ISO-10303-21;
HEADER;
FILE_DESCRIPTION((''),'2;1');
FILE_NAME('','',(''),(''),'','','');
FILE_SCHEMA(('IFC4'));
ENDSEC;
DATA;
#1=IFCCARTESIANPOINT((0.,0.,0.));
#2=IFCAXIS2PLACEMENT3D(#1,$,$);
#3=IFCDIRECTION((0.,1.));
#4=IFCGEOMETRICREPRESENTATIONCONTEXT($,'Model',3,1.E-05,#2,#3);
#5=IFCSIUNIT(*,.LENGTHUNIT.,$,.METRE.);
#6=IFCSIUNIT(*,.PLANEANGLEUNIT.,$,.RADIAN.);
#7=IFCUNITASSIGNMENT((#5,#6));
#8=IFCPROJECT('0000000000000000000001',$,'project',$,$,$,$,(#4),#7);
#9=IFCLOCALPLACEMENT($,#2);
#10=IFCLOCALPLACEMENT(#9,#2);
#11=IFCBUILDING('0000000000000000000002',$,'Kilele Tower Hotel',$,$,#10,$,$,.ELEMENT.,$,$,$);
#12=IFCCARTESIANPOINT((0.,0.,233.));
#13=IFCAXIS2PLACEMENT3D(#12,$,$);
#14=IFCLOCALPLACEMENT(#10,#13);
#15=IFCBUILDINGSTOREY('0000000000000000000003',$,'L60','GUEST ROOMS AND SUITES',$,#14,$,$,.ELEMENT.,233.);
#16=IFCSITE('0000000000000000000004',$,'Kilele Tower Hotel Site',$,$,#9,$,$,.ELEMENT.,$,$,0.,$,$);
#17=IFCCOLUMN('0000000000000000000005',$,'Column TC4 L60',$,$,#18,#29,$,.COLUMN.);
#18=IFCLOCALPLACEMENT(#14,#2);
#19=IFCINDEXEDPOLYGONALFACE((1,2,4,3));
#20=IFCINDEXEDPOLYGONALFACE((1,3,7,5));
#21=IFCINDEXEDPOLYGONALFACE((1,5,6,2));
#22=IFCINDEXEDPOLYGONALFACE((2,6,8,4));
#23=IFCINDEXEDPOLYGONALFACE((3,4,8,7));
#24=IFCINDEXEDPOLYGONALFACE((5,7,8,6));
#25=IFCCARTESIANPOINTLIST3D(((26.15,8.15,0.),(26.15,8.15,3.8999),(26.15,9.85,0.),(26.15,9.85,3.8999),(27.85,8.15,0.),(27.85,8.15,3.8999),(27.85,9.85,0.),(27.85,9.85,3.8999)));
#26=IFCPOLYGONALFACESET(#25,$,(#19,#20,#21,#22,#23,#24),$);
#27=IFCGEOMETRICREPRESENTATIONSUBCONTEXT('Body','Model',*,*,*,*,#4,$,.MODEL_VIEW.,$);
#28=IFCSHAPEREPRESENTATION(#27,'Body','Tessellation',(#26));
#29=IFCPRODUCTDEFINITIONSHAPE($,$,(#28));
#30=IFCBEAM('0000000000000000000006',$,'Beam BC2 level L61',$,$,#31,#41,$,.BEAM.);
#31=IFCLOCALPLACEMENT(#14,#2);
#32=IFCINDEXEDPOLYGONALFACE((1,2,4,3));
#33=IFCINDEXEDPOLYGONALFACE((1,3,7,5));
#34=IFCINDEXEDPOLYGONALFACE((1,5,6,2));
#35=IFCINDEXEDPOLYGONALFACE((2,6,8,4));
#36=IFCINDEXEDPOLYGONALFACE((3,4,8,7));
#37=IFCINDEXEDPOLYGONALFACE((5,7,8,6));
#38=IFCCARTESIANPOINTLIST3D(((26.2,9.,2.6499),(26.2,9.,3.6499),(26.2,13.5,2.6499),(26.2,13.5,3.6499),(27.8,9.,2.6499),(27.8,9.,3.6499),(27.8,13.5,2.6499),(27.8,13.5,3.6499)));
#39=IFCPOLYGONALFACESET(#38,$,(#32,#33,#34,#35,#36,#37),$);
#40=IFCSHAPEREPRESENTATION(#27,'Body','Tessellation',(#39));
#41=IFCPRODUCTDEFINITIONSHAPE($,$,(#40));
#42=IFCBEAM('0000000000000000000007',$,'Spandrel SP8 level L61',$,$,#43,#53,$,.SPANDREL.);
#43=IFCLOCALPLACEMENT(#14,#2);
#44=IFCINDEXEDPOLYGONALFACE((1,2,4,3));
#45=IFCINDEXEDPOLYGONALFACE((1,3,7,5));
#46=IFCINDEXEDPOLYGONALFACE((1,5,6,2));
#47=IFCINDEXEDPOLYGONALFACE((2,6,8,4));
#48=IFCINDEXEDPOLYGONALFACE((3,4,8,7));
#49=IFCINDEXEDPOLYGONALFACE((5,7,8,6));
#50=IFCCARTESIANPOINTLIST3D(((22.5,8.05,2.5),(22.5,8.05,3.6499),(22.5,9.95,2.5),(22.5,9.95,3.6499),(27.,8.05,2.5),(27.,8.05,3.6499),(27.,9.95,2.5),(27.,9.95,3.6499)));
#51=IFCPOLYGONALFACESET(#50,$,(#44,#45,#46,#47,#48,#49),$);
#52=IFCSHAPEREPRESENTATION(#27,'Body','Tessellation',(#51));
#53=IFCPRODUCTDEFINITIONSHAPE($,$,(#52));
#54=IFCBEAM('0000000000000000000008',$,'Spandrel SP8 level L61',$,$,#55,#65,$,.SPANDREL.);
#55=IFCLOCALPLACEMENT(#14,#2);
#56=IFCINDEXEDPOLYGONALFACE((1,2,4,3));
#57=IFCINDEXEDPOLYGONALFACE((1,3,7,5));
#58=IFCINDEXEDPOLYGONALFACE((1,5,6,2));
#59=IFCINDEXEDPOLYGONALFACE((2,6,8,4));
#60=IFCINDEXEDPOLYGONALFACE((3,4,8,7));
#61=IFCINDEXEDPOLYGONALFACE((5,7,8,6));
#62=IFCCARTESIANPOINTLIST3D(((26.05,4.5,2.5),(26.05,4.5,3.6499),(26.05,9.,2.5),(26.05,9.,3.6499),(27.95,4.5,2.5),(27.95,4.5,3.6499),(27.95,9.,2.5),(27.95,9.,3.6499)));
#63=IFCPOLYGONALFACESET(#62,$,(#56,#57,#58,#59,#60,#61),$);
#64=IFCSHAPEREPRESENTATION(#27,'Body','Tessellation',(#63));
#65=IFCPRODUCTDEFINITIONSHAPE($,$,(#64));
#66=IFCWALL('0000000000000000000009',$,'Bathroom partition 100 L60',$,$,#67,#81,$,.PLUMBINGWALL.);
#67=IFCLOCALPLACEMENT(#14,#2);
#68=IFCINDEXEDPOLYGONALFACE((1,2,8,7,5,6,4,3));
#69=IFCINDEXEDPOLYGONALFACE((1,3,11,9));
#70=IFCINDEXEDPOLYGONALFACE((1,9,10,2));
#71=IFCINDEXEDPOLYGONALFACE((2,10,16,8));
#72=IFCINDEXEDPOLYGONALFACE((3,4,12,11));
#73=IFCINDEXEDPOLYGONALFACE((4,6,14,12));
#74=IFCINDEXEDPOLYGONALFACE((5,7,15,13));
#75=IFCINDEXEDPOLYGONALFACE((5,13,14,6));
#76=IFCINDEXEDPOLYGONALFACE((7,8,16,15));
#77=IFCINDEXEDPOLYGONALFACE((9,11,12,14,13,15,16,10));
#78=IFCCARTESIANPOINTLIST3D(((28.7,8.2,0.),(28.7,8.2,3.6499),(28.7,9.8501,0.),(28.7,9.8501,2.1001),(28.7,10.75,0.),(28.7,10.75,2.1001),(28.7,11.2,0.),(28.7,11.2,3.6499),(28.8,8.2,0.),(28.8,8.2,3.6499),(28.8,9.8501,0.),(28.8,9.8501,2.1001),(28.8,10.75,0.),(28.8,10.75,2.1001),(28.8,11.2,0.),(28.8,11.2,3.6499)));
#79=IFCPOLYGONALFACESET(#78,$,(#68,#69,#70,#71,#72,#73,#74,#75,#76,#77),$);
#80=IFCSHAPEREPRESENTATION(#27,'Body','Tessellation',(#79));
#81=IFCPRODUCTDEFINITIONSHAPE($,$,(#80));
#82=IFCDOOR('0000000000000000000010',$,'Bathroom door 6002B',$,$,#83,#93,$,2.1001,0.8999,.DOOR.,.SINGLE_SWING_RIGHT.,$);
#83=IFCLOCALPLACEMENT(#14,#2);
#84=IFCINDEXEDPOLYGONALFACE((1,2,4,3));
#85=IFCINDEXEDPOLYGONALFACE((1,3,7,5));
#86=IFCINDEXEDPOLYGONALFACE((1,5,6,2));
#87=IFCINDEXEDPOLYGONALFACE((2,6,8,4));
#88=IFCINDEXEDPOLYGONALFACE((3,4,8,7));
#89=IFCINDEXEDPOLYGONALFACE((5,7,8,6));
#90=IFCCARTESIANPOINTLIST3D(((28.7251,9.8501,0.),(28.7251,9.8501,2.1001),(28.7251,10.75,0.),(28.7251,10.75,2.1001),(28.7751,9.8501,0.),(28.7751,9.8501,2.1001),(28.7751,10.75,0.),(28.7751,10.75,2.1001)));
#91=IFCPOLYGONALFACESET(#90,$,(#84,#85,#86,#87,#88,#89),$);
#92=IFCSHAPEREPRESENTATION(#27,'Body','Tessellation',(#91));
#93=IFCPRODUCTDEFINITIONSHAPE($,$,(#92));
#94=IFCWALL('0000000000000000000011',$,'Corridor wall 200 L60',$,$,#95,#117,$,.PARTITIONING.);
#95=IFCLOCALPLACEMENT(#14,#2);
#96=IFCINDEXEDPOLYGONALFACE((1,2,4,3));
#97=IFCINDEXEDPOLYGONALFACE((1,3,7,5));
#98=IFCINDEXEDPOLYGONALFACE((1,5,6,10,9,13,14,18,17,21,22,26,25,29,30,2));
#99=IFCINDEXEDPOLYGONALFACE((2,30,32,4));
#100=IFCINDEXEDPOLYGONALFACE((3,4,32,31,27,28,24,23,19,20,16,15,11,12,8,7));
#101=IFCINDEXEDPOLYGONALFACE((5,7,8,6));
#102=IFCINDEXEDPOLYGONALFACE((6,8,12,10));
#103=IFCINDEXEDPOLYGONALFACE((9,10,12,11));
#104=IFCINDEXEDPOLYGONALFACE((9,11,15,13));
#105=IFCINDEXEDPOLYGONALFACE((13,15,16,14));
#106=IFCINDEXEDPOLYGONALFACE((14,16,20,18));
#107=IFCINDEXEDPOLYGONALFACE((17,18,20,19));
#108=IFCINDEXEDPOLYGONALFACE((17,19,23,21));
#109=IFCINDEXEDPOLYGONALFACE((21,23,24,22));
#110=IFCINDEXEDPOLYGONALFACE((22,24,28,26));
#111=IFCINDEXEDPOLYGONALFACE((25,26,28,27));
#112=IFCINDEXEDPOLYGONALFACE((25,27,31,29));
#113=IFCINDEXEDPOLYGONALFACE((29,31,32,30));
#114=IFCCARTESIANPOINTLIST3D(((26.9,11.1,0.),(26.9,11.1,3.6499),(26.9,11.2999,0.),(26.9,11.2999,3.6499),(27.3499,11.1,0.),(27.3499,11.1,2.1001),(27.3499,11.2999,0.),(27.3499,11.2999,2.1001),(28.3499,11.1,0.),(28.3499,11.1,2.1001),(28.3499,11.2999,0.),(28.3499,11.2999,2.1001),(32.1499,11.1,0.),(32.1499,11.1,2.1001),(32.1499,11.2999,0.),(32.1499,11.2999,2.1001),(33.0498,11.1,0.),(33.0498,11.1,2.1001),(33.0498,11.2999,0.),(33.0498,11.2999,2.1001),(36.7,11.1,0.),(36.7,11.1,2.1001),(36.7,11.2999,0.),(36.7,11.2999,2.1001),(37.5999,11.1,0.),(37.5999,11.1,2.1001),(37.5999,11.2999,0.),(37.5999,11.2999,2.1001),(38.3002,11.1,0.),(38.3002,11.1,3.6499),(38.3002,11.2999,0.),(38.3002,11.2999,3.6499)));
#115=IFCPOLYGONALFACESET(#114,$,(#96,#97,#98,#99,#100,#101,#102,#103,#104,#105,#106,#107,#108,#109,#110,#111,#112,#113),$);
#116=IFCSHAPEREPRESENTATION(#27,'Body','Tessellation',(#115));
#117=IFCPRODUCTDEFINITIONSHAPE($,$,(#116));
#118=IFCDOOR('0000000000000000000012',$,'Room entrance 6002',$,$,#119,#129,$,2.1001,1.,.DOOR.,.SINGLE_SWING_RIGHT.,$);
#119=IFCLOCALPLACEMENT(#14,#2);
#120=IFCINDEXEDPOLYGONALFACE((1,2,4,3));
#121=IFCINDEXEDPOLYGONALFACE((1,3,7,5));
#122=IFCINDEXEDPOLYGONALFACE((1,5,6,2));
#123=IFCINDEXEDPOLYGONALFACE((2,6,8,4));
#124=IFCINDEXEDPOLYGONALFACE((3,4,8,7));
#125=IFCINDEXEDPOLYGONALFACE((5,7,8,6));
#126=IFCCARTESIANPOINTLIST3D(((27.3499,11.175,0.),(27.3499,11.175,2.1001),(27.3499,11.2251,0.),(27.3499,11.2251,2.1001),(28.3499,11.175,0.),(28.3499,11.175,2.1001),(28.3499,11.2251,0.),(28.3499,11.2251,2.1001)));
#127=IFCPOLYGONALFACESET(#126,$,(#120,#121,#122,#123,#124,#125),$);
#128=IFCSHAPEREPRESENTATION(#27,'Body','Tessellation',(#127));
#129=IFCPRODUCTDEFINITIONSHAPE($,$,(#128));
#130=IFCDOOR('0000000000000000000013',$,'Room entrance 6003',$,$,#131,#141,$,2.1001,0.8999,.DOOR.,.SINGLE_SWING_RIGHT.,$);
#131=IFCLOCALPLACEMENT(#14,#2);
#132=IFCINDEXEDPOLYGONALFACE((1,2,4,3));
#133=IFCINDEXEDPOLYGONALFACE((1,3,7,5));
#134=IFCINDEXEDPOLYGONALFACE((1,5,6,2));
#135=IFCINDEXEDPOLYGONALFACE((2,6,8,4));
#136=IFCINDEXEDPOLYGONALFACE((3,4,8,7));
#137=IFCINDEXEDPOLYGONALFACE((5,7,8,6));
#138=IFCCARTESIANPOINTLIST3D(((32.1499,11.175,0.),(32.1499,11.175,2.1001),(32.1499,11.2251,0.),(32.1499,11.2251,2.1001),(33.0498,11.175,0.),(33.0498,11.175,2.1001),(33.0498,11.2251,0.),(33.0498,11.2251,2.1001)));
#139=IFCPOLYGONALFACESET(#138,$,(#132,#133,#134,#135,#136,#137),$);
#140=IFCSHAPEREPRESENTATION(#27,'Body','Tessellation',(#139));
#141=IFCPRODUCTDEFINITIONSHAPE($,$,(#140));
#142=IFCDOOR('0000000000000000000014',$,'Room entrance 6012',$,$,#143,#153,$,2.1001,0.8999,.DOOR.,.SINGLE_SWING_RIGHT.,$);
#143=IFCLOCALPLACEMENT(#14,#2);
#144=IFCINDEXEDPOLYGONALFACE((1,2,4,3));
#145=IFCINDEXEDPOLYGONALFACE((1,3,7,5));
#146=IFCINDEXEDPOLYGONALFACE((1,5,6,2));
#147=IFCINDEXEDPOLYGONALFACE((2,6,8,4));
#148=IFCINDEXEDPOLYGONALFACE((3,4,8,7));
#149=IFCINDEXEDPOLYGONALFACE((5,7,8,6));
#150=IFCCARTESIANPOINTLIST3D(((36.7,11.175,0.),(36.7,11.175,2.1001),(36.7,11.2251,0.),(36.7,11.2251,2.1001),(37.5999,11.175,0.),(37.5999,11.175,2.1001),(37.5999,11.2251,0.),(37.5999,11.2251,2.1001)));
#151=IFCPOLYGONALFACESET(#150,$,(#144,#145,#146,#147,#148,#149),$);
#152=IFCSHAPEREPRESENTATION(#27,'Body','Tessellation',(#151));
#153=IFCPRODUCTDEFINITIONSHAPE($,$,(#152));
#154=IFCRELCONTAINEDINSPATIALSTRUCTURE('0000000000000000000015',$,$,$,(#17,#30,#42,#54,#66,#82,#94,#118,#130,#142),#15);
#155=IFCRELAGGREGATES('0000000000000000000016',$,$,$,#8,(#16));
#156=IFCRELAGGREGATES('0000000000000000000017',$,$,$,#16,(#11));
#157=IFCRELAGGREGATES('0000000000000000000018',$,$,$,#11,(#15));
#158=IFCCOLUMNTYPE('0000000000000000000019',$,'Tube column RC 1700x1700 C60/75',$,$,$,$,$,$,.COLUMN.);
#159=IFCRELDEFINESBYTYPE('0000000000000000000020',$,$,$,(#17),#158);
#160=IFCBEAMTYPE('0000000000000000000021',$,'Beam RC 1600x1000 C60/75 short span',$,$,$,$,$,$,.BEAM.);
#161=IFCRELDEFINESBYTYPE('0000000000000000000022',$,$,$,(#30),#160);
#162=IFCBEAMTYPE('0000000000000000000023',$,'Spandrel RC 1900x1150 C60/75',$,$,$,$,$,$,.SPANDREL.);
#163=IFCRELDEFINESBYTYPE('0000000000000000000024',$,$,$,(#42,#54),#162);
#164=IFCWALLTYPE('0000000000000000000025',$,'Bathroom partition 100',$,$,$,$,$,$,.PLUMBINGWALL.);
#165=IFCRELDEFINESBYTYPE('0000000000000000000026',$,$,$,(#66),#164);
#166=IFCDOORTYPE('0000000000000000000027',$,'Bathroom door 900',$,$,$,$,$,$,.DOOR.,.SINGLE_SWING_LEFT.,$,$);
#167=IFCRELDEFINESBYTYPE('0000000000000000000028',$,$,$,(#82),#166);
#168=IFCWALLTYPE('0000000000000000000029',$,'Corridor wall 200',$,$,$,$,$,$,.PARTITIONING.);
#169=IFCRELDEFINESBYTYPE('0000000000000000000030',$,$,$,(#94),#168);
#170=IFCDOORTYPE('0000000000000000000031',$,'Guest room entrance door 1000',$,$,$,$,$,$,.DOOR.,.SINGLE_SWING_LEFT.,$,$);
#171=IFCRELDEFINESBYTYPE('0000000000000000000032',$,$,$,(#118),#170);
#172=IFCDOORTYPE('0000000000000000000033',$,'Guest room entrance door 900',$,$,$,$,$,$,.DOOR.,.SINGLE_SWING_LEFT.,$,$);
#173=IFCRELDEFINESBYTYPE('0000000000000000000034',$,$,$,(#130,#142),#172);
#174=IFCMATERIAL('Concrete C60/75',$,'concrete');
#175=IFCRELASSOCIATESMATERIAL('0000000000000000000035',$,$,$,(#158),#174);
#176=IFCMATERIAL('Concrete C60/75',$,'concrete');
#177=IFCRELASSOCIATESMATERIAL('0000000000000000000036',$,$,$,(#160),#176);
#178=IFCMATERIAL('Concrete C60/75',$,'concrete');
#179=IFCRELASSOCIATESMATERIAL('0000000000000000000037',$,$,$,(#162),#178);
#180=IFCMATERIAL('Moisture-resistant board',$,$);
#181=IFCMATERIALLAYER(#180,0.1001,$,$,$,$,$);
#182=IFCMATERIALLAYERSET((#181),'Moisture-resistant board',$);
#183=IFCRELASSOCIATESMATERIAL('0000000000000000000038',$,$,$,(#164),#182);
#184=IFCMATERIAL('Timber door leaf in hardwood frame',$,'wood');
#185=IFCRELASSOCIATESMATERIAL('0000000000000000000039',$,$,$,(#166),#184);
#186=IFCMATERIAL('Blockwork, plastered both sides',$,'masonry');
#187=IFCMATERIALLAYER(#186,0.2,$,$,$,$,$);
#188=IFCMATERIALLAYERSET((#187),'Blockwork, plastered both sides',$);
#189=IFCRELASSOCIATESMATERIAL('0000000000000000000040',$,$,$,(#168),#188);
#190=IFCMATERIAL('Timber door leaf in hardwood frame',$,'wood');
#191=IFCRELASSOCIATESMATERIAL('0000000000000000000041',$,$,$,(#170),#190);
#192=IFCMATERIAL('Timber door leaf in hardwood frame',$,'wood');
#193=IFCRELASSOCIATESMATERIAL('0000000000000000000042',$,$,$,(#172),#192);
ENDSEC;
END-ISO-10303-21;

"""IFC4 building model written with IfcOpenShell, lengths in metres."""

from ifc_helpers import new_model, si_unit, direction, frame, frame_2d, origin, origin_2d, place, context, subcontext, project, spatial, rectangle, extrude, material, layer, layer_set, material_profile, profile_set, type_object, element, fill, save


model = new_model("IFC4")

# Units and contexts
model_context = context("Model", 3, precision=1e-05, world=origin(), true_north=direction((0.0, 1.0)))
body_context = subcontext(model_context, "Body", "Model", "MODEL_VIEW")
ifc_project = project(units=[si_unit("LENGTHUNIT", "METRE"), si_unit("PLANEANGLEUNIT", "RADIAN")], contexts=[model_context])

# Site, building, storey
site_placement = place(None, origin())
site = spatial("IfcSite", under=ifc_project, at=site_placement, Name="Kilele Tower Hotel Site", CompositionType="ELEMENT", RefElevation=0.0)
building_placement = place(site_placement, origin())
building = spatial("IfcBuilding", under=site, at=building_placement, Name="Kilele Tower Hotel", CompositionType="ELEMENT")
storey_placement = place(building_placement, frame((0.0, 0.0, 233.0)))
storey = spatial("IfcBuildingStorey", under=building, at=storey_placement, Name="L60", Description="GUEST ROOMS AND SUITES", CompositionType="ELEMENT", Elevation=233.0)

# Column
ifc_material_1 = material(Name="Concrete C60/75", Category="concrete")
ifc_material_profile_1 = material_profile(ifc_material_1, rectangle(XDim=1.7, YDim=1.7, at=origin_2d()))
ifc_profile_set_1 = profile_set([ifc_material_profile_1], Name="Concrete C60/75")
column_type = type_object("IfcColumnType", Name="Tube column RC 1700x1700 C60/75", PredefinedType="COLUMN", material=ifc_profile_set_1)
column_placement = place(storey_placement, frame((27.0, 9.0, 0.0), z_axis=(0.0, 0.0, 1.0), x_axis=(1.0, 0.0, 0.0)))
element("IfcColumn", 1, at=column_placement, inside=storey, type_object=column_type, Name="Column TC4 L60", PredefinedType="COLUMN", context=body_context, shape_type="SweptSolid", body=[
    extrude(rectangle(XDim=1.7, YDim=1.7, at=origin_2d()), origin(), (0.0, 0.0, 1.0), 3.8999),
])

# Beams
ifc_material_2 = material(Name="Concrete C60/75", Category="concrete")
ifc_material_profile_2 = material_profile(ifc_material_2, rectangle(XDim=1.6001, YDim=1.0, at=origin_2d()))
ifc_profile_set_2 = profile_set([ifc_material_profile_2], Name="Concrete C60/75")
beam_type_1 = type_object("IfcBeamType", Name="Beam RC 1600x1000 C60/75 short span", PredefinedType="BEAM", material=ifc_profile_set_2)
beam_placement = place(storey_placement, frame((27.0, 9.0, 3.1499), z_axis=(0.0, 1.0, 0.0), x_axis=(-1.0, 0.0, 0.0)))
element("IfcBeam", 2, at=beam_placement, inside=storey, type_object=beam_type_1, Name="Beam BC2 level L61", PredefinedType="BEAM", context=body_context, shape_type="SweptSolid", body=[
    extrude(rectangle(XDim=1.6001, YDim=1.0, at=origin_2d()), origin(), (0.0, 0.0, 1.0), 4.5),
])
ifc_material_3 = material(Name="Concrete C60/75", Category="concrete")
ifc_material_profile_3 = material_profile(ifc_material_3, rectangle(XDim=1.8999, YDim=1.1499, at=origin_2d()))
ifc_profile_set_3 = profile_set([ifc_material_profile_3], Name="Concrete C60/75")
beam_type_2 = type_object("IfcBeamType", Name="Spandrel RC 1900x1150 C60/75", PredefinedType="SPANDREL", material=ifc_profile_set_3)
for number, where, z_axis, x_axis, name in (
    (3, (22.5, 9.0, 3.075), (1.0, 0.0, 0.0), (0.0, 1.0, 0.0), "Spandrel SP8 level L61"),
    (4, (27.0, 9.0, 3.075), (0.0, -1.0, 0.0), (1.0, 0.0, 0.0), "Spandrel SP8 level L61"),
):
    element("IfcBeam", number, at=place(storey_placement, frame(where, z_axis=z_axis, x_axis=x_axis)), inside=storey, type_object=beam_type_2, Name=name, PredefinedType="SPANDREL", context=body_context, shape_type="SweptSolid", body=[
        extrude(rectangle(XDim=1.8999, YDim=1.1499, at=origin_2d()), origin(), (0.0, 0.0, 1.0), 4.5),
    ])

# Wall, opening, door
ifc_material_4 = material(Name="Moisture-resistant board")
ifc_layer_1 = layer(ifc_material_4, 0.1001)
ifc_layer_set_1 = layer_set([ifc_layer_1], Name="Moisture-resistant board")
wall_type_1 = type_object("IfcWallType", Name="Bathroom partition 100", PredefinedType="PLUMBINGWALL", material=ifc_layer_set_1)
wall_1_placement = place(storey_placement, frame((28.75, 11.2, 0.0), z_axis=(0.0, 0.0, 1.0), x_axis=(0.0, -1.0, 0.0)))
wall_1 = element("IfcWall", 5, at=wall_1_placement, inside=storey, type_object=wall_type_1, Name="Bathroom partition 100 L60", PredefinedType="PLUMBINGWALL", context=body_context, shape_type="SweptSolid", body=[
    extrude(rectangle(XDim=3.0, YDim=0.1001, at=frame_2d((1.5, 0.0))), origin(), (0.0, 0.0, 1.0), 3.6499),
])
opening_1_placement = place(wall_1_placement, frame((1.3499, 0.0, 0.0), z_axis=(0.0, 0.0, 1.0), x_axis=(-1.0, 0.0, 0.0)))
opening_1 = element("IfcOpeningElement", 6, at=opening_1_placement, cuts=wall_1, PredefinedType="OPENING", context=body_context, shape_type="SweptSolid", body=[
    extrude(rectangle(XDim=0.8999, YDim=2.1001, at=frame_2d((0.45, 1.05))), frame((0.0, 0.0601, 0.0), z_axis=(0.0, -1.0, 0.0), x_axis=(1.0, 0.0, 0.0)), (0.0, 0.0, 1.0), 0.1201),
])
ifc_material_5 = material(Name="Timber door leaf in hardwood frame", Category="wood")
door_type_1 = type_object("IfcDoorType", Name="Bathroom door 900", OperationType="SINGLE_SWING_LEFT", PredefinedType="DOOR", material=ifc_material_5)
door_1_placement = place(opening_1_placement, origin())
door_1 = element("IfcDoor", 7, at=door_1_placement, inside=storey, type_object=door_type_1, Name="Bathroom door 6002B", OperationType="SINGLE_SWING_RIGHT", OverallHeight=2.1001, OverallWidth=0.8999, PredefinedType="DOOR", context=body_context, shape_type="SweptSolid", body=[
    extrude(rectangle(XDim=0.8999, YDim=2.1001, at=frame_2d((0.45, 1.05))), frame((0.0, 0.0249, 0.0), z_axis=(0.0, -1.0, 0.0), x_axis=(1.0, 0.0, 0.0)), (0.0, 0.0, 1.0), 0.05),
])
fill(opening_1, door_1)

# Wall, openings, doors
ifc_material_6 = material(Name="Blockwork, plastered both sides", Category="masonry")
ifc_layer_2 = layer(ifc_material_6, 0.2)
ifc_layer_set_2 = layer_set([ifc_layer_2], Name="Blockwork, plastered both sides")
wall_type_2 = type_object("IfcWallType", Name="Corridor wall 200", PredefinedType="PARTITIONING", material=ifc_layer_set_2)
wall_2_placement = place(storey_placement, frame((26.8999, 11.2, 0.0), z_axis=(0.0, 0.0, 1.0), x_axis=(1.0, 0.0, 0.0)))
wall_2 = element("IfcWall", 8, at=wall_2_placement, inside=storey, type_object=wall_type_2, Name="Corridor wall 200 L60", PredefinedType="PARTITIONING", context=body_context, shape_type="SweptSolid", body=[
    extrude(rectangle(XDim=11.4001, YDim=0.2, at=frame_2d((5.7002, 0.0))), origin(), (0.0, 0.0, 1.0), 3.6499),
])
opening_2_placement = place(wall_2_placement, frame((1.45, 0.0, 0.0), z_axis=(0.0, 0.0, 1.0), x_axis=(-1.0, 0.0, 0.0)))
opening_2 = element("IfcOpeningElement", 9, at=opening_2_placement, cuts=wall_2, PredefinedType="OPENING", context=body_context, shape_type="SweptSolid", body=[
    extrude(rectangle(XDim=1.0, YDim=2.1001, at=frame_2d((0.5, 1.05))), frame((0.0, 0.1099, 0.0), z_axis=(0.0, -1.0, 0.0), x_axis=(1.0, 0.0, 0.0)), (0.0, 0.0, 1.0), 0.22),
])
opening_3_placement = place(wall_2_placement, frame((6.1499, 0.0, 0.0), z_axis=(0.0, 0.0, 1.0), x_axis=(-1.0, 0.0, 0.0)))
opening_3 = element("IfcOpeningElement", 10, at=opening_3_placement, cuts=wall_2, PredefinedType="OPENING", context=body_context, shape_type="SweptSolid", body=[
    extrude(rectangle(XDim=0.8999, YDim=2.1001, at=frame_2d((0.45, 1.05))), frame((0.0, 0.1099, 0.0), z_axis=(0.0, -1.0, 0.0), x_axis=(1.0, 0.0, 0.0)), (0.0, 0.0, 1.0), 0.22),
])
opening_4_placement = place(wall_2_placement, frame((10.7, 0.0, 0.0), z_axis=(0.0, 0.0, 1.0), x_axis=(-1.0, 0.0, 0.0)))
opening_4 = element("IfcOpeningElement", 11, at=opening_4_placement, cuts=wall_2, PredefinedType="OPENING", context=body_context, shape_type="SweptSolid", body=[
    extrude(rectangle(XDim=0.8999, YDim=2.1001, at=frame_2d((0.45, 1.05))), frame((0.0, 0.1099, 0.0), z_axis=(0.0, -1.0, 0.0), x_axis=(1.0, 0.0, 0.0)), (0.0, 0.0, 1.0), 0.22),
])
ifc_material_7 = material(Name="Timber door leaf in hardwood frame", Category="wood")
door_type_2 = type_object("IfcDoorType", Name="Guest room entrance door 1000", OperationType="SINGLE_SWING_LEFT", PredefinedType="DOOR", material=ifc_material_7)
door_2_placement = place(opening_2_placement, origin())
door_2 = element("IfcDoor", 12, at=door_2_placement, inside=storey, type_object=door_type_2, Name="Room entrance 6002", OperationType="SINGLE_SWING_RIGHT", OverallHeight=2.1001, OverallWidth=1.0, PredefinedType="DOOR", context=body_context, shape_type="SweptSolid", body=[
    extrude(rectangle(XDim=1.0, YDim=2.1001, at=frame_2d((0.5, 1.05))), frame((0.0, 0.0249, 0.0), z_axis=(0.0, -1.0, 0.0), x_axis=(1.0, 0.0, 0.0)), (0.0, 0.0, 1.0), 0.05),
])
fill(opening_2, door_2)
ifc_material_8 = material(Name="Timber door leaf in hardwood frame", Category="wood")
door_type_3 = type_object("IfcDoorType", Name="Guest room entrance door 900", OperationType="SINGLE_SWING_LEFT", PredefinedType="DOOR", material=ifc_material_8)
door_3_placement = place(opening_3_placement, origin())
door_3 = element("IfcDoor", 13, at=door_3_placement, inside=storey, type_object=door_type_3, Name="Room entrance 6003", OperationType="SINGLE_SWING_RIGHT", OverallHeight=2.1001, OverallWidth=0.8999, PredefinedType="DOOR", context=body_context, shape_type="SweptSolid", body=[
    extrude(rectangle(XDim=0.8999, YDim=2.1001, at=frame_2d((0.45, 1.05))), frame((0.0, 0.0249, 0.0), z_axis=(0.0, -1.0, 0.0), x_axis=(1.0, 0.0, 0.0)), (0.0, 0.0, 1.0), 0.05),
])
fill(opening_3, door_3)
door_4_placement = place(opening_4_placement, origin())
door_4 = element("IfcDoor", 14, at=door_4_placement, inside=storey, type_object=door_type_3, Name="Room entrance 6012", OperationType="SINGLE_SWING_RIGHT", OverallHeight=2.1001, OverallWidth=0.8999, PredefinedType="DOOR", context=body_context, shape_type="SweptSolid", body=[
    extrude(rectangle(XDim=0.8999, YDim=2.1001, at=frame_2d((0.45, 1.05))), frame((0.0, 0.0249, 0.0), z_axis=(0.0, -1.0, 0.0), x_axis=(1.0, 0.0, 0.0)), (0.0, 0.0, 1.0), 0.05),
])
fill(opening_4, door_4)

save(model, "model.ifc")
